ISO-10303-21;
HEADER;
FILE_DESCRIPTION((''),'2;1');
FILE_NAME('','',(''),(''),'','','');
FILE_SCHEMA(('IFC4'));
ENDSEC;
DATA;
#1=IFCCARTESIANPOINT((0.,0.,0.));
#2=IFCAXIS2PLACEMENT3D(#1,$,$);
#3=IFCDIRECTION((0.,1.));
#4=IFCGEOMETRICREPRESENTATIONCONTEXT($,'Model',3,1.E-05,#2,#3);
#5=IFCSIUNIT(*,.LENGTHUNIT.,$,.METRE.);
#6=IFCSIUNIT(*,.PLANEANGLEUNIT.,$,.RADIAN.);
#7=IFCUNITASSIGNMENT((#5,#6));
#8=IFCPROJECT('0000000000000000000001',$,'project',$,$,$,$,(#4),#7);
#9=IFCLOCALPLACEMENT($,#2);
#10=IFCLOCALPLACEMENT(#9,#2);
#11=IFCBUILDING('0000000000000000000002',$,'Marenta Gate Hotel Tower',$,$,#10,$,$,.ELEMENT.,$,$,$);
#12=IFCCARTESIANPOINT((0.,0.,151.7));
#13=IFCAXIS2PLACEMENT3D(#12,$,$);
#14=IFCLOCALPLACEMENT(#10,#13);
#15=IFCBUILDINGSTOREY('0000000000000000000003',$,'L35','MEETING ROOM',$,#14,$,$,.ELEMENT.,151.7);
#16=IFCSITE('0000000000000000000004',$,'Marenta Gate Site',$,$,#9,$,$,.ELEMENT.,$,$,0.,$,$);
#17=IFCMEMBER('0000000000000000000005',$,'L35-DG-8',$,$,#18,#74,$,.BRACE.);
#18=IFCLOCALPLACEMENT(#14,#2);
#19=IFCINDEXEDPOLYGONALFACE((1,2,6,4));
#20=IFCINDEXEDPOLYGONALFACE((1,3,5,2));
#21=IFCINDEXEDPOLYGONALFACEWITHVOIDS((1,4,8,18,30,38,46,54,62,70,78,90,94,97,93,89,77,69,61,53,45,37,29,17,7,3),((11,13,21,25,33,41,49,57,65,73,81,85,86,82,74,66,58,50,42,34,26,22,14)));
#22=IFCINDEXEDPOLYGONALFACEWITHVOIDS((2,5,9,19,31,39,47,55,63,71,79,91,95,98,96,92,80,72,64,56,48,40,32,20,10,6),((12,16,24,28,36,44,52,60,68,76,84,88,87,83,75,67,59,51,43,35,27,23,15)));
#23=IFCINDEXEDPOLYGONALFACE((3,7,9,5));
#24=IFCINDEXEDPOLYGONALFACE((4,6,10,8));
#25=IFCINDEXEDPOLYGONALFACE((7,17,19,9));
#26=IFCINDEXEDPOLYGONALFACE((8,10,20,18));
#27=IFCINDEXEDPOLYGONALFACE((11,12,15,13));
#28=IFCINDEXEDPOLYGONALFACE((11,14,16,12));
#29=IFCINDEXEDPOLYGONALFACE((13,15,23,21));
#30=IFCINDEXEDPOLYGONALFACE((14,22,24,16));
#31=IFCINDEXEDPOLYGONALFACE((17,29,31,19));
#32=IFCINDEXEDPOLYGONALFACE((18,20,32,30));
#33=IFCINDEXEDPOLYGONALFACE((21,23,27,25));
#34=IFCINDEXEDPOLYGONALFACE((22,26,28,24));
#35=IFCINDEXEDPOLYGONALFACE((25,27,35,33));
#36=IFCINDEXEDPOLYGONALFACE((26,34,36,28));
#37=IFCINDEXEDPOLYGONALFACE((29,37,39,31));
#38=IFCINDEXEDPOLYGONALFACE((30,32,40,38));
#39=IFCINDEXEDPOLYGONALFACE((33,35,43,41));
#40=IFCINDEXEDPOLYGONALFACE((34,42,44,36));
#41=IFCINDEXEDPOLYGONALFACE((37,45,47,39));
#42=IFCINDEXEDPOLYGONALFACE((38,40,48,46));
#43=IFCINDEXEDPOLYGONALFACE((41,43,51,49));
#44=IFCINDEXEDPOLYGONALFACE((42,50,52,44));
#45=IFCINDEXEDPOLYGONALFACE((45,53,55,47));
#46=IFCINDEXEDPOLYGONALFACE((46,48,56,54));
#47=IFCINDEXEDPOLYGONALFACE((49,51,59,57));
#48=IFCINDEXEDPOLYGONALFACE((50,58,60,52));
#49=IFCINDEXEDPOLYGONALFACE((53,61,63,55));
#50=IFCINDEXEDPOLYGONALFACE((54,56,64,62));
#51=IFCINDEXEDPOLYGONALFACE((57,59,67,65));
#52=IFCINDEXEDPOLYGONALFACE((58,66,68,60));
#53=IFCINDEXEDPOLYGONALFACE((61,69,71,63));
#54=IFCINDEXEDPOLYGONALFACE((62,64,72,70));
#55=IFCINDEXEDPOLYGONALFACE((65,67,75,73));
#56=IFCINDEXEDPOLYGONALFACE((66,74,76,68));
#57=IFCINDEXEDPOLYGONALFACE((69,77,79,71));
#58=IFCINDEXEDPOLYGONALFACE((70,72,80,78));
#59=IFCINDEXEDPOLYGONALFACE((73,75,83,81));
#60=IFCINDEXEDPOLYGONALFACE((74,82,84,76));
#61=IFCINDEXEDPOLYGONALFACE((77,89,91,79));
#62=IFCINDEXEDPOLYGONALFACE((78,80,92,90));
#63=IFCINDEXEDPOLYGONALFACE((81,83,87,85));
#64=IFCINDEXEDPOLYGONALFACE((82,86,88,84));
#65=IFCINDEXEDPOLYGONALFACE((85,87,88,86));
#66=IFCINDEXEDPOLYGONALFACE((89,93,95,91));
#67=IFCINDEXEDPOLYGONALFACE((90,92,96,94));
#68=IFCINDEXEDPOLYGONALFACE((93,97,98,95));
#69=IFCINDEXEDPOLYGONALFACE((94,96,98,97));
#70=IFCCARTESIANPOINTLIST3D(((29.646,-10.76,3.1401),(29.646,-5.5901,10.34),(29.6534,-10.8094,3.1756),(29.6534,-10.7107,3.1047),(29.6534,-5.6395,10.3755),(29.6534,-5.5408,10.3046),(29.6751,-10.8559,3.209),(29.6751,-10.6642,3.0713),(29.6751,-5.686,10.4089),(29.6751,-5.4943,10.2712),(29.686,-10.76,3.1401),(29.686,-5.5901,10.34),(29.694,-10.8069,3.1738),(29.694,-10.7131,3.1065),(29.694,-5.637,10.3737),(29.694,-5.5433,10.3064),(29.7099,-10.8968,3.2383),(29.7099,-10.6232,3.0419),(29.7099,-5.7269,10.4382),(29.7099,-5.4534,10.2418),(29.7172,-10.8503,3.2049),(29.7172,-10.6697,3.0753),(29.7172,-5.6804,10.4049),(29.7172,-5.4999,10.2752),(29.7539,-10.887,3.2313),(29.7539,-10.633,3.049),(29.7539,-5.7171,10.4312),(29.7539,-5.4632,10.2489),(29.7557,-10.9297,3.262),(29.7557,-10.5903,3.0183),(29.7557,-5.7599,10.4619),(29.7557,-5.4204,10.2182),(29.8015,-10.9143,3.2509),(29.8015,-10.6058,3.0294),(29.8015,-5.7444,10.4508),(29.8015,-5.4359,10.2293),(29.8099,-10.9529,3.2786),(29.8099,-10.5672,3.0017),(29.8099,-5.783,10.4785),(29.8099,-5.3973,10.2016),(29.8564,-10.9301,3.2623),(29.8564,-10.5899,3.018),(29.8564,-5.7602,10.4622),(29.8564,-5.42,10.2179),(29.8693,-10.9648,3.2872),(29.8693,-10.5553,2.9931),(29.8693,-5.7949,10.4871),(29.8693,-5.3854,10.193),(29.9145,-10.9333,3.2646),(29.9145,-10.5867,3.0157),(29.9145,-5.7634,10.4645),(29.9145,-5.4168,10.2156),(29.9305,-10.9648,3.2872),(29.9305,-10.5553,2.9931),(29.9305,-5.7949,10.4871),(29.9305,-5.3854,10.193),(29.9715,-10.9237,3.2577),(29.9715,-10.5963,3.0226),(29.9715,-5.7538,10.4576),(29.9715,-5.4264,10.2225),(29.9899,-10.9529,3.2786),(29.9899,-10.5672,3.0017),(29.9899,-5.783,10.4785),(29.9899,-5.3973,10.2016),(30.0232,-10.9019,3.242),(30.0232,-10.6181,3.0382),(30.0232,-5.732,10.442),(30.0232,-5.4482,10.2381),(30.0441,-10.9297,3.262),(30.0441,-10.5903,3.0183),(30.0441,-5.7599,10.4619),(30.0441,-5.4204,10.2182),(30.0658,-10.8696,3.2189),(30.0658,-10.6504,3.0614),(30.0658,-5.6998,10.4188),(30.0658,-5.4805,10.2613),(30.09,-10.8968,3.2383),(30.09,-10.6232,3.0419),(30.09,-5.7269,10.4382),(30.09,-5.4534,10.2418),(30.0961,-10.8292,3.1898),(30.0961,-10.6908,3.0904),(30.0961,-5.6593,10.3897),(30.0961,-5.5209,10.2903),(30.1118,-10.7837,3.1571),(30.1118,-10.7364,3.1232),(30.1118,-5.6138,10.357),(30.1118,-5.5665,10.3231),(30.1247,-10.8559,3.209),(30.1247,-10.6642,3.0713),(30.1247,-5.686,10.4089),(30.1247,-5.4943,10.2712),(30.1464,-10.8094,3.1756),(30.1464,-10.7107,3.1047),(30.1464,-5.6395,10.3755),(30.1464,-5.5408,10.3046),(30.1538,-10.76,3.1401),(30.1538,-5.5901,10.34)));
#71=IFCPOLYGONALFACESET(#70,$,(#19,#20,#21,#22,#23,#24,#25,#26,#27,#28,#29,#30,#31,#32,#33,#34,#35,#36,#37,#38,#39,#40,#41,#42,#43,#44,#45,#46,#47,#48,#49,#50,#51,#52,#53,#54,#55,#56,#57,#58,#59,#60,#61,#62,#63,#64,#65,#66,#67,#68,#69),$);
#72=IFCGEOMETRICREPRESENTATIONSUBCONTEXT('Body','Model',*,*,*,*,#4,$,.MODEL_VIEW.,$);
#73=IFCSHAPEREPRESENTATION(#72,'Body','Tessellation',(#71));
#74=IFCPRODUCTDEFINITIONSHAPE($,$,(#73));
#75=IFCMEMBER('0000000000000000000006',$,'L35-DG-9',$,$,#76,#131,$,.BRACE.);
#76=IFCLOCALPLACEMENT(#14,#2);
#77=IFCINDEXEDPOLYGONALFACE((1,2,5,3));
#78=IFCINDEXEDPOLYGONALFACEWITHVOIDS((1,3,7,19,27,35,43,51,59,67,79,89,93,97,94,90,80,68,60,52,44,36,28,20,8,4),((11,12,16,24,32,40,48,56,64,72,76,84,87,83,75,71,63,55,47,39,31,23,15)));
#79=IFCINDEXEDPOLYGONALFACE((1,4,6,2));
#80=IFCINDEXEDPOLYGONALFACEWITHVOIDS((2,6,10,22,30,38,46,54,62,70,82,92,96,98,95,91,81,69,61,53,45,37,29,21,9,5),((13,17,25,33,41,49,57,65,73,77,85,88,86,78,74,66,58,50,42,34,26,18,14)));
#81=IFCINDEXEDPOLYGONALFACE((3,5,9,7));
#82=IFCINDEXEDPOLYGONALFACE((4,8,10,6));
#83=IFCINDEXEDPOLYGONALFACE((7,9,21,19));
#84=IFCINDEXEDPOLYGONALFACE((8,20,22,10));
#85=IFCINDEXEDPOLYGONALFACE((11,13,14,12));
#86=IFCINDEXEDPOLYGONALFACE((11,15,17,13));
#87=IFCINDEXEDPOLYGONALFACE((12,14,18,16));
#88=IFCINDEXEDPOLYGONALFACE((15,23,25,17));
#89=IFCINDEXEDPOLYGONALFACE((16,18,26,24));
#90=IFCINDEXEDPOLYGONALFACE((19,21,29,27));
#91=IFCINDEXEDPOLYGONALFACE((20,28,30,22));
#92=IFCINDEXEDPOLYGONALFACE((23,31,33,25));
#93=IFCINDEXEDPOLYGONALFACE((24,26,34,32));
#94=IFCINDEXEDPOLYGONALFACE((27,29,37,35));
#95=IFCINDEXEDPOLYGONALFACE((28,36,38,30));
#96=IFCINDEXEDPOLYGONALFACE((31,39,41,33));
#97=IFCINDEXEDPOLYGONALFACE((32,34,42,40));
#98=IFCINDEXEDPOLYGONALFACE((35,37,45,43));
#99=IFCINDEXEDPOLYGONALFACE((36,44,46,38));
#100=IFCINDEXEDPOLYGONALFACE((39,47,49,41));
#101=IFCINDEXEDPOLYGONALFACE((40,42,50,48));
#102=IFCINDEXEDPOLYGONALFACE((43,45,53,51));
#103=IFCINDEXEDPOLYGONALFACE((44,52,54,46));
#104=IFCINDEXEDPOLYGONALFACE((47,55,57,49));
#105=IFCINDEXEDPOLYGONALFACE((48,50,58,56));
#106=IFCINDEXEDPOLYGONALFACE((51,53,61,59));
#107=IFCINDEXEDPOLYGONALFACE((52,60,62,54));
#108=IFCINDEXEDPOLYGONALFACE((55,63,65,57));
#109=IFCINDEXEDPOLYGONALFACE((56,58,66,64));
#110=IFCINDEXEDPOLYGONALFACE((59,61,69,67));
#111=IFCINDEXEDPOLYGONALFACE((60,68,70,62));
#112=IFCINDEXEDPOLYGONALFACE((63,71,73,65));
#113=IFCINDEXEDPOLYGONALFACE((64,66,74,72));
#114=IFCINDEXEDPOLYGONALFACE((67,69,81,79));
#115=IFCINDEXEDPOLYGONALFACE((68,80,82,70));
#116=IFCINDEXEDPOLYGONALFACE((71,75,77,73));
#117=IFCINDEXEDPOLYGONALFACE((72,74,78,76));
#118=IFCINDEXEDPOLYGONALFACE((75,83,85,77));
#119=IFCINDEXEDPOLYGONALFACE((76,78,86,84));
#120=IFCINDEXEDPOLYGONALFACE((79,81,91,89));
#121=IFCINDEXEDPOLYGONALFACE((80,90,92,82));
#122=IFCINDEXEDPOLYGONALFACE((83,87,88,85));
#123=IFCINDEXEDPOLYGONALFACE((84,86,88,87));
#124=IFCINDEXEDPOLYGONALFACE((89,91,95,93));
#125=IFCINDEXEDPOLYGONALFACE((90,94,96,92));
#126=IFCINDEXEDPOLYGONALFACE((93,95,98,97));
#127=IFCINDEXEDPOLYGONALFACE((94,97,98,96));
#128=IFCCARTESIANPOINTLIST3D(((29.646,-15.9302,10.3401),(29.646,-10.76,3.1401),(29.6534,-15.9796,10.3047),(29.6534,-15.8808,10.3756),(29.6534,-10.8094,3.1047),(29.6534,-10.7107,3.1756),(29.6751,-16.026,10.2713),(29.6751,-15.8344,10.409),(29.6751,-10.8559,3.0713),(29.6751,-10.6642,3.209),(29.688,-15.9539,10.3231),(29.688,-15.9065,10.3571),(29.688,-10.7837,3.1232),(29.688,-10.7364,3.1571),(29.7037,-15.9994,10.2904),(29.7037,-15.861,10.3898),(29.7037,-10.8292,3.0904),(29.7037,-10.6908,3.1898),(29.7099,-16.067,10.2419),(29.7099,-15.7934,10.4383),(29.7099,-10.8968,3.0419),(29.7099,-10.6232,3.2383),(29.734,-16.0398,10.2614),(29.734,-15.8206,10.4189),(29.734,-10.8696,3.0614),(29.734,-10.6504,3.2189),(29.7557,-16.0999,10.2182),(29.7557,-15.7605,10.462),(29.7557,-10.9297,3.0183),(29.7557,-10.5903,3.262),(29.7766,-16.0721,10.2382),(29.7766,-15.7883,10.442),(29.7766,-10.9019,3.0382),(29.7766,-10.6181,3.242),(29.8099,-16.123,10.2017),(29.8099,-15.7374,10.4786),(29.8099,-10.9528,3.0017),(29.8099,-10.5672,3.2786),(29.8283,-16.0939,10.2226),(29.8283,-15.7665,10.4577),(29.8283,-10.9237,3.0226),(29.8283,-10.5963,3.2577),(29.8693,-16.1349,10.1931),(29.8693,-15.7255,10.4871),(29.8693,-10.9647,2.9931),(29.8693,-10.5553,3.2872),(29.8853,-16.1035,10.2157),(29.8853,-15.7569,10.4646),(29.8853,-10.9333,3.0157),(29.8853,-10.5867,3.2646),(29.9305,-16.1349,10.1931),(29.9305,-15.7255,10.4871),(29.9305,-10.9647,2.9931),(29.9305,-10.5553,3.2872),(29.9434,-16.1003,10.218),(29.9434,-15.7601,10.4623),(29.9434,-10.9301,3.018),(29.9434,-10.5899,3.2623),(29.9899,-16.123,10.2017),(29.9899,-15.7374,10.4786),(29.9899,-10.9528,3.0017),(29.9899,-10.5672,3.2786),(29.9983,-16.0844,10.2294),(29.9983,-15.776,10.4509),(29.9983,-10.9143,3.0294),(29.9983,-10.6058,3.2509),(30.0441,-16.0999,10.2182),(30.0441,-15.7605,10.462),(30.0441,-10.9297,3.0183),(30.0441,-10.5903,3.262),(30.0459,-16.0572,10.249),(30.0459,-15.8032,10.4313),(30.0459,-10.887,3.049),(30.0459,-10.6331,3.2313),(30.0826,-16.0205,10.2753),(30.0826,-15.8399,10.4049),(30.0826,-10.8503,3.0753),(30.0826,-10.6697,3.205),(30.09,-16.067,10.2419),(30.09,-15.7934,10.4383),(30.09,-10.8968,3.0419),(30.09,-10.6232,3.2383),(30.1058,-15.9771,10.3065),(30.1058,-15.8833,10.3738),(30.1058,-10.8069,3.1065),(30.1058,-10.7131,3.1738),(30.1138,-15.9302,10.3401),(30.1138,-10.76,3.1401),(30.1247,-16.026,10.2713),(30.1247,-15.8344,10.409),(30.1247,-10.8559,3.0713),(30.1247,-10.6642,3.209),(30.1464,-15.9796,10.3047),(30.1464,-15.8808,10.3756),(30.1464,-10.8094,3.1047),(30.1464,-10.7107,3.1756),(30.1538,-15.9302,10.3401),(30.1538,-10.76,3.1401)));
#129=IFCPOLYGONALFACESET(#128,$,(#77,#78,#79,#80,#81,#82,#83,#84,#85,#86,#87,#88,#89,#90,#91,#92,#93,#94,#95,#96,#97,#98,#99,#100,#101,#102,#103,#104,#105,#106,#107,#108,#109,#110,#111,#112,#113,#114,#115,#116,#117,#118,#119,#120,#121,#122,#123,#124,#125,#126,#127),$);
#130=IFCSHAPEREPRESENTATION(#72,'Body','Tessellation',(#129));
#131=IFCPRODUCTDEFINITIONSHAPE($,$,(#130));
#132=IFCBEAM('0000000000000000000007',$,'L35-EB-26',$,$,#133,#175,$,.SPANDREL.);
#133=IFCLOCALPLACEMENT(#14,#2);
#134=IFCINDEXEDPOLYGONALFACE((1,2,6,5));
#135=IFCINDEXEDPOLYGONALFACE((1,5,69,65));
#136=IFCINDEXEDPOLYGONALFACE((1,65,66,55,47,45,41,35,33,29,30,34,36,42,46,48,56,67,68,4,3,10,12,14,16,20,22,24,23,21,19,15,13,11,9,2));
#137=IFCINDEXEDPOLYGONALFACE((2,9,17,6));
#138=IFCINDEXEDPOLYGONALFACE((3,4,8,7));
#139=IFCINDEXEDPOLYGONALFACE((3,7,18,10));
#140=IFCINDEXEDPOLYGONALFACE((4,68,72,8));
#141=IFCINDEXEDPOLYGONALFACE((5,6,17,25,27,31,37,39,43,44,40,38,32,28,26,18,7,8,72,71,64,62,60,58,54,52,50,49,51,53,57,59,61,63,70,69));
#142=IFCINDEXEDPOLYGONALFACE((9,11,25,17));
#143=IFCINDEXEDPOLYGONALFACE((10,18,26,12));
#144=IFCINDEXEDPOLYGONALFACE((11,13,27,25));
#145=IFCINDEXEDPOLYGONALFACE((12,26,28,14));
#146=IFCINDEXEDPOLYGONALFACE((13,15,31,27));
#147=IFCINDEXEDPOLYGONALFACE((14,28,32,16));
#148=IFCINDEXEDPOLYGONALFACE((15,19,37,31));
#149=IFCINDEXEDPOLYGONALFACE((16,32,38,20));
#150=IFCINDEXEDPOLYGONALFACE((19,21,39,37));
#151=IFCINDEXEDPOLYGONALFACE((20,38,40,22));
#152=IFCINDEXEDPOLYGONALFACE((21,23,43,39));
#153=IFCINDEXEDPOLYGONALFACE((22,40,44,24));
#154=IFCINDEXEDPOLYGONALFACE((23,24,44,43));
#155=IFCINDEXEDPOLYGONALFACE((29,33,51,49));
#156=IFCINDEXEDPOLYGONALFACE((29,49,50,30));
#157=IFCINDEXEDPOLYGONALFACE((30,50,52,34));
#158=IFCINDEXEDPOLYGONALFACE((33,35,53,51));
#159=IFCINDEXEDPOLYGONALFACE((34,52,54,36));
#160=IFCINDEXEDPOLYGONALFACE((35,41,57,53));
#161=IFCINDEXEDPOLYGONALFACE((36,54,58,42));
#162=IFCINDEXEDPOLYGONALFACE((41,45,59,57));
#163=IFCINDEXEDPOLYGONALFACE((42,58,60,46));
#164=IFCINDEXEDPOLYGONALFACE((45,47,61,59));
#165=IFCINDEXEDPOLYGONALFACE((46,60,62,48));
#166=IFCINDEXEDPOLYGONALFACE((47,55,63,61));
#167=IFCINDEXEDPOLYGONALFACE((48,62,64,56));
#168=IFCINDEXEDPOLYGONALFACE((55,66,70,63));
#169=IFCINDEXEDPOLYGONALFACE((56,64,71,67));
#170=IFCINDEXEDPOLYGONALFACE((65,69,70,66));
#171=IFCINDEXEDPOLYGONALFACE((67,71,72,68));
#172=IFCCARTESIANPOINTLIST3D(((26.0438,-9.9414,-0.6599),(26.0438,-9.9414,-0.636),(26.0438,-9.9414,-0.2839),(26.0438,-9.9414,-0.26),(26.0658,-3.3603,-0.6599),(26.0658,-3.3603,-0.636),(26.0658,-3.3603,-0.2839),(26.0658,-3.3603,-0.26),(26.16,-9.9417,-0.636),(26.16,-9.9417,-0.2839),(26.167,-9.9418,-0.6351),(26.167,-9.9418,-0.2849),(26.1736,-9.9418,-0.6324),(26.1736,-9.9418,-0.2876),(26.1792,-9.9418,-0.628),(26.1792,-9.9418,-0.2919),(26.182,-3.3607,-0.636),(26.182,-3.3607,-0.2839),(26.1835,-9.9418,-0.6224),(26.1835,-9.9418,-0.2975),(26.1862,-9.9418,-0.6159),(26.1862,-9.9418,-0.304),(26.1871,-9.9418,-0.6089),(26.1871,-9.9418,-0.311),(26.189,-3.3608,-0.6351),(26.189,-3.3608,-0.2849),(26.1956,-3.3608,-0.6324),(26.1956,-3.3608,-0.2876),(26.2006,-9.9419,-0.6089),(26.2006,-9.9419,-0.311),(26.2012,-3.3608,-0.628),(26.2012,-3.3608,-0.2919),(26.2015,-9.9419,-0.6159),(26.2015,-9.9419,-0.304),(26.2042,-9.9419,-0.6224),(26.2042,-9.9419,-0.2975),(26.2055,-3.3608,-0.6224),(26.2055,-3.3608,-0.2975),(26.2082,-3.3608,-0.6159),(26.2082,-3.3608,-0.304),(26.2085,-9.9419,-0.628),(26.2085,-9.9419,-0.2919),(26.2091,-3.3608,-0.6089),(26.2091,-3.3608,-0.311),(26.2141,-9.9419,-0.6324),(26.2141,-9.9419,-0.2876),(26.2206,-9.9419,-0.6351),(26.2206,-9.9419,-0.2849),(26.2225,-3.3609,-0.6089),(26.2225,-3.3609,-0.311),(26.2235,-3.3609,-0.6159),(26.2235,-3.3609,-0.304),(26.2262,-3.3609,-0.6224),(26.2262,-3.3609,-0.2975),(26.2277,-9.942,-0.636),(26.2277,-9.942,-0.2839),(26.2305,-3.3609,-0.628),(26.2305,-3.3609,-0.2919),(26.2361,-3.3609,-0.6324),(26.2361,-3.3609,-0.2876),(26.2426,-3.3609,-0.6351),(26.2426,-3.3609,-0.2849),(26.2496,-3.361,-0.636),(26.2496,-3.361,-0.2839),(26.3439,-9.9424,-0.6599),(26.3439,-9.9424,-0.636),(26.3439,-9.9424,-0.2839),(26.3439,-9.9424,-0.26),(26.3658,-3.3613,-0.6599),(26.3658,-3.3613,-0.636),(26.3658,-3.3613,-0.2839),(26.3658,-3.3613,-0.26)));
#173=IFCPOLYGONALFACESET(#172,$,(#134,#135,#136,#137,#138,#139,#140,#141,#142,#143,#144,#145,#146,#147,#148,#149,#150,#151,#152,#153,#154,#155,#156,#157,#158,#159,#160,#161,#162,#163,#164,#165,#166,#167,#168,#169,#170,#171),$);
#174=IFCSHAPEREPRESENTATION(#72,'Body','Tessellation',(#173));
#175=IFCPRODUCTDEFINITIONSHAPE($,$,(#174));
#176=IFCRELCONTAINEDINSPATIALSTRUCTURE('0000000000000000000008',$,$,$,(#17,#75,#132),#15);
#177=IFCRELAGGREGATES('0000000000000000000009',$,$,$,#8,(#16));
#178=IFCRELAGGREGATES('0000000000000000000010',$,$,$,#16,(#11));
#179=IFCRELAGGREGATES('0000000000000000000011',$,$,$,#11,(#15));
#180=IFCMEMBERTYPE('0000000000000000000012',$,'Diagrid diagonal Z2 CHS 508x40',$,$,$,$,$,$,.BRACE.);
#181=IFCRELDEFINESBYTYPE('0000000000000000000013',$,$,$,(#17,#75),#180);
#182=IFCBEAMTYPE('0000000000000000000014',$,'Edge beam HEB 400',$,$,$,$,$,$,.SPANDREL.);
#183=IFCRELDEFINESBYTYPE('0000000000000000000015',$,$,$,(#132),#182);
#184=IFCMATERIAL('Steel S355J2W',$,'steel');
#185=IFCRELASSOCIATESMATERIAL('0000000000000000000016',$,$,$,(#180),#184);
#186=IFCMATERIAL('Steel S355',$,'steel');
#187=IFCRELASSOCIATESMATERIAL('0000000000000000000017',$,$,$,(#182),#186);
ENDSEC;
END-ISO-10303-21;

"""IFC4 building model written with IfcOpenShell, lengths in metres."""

from ifc_helpers import new_model, si_unit, direction, frame, origin, origin_2d, place, context, subcontext, project, spatial, hollow_circle, i_section, extrude, material, material_profile, profile_set, type_object, element, save


model = new_model("IFC4")

# Units and contexts
model_context = context("Model", 3, precision=1e-05, world=origin(), true_north=direction((0.0, 1.0)))
body_context = subcontext(model_context, "Body", "Model", "MODEL_VIEW")
ifc_project = project(units=[si_unit("LENGTHUNIT", "METRE"), si_unit("PLANEANGLEUNIT", "RADIAN")], contexts=[model_context])

# Site, building, storey
site_placement = place(None, origin())
site = spatial("IfcSite", under=ifc_project, at=site_placement, Name="Marenta Gate Site", CompositionType="ELEMENT", RefElevation=0.0)
building_placement = place(site_placement, origin())
building = spatial("IfcBuilding", under=site, at=building_placement, Name="Marenta Gate Hotel Tower", CompositionType="ELEMENT")
storey_placement = place(building_placement, frame((0.0, 0.0, 151.7)))
storey = spatial("IfcBuildingStorey", under=building, at=storey_placement, Name="L35", Description="MEETING ROOM", CompositionType="ELEMENT", Elevation=151.7)

# Members
ifc_material_1 = material(Name="Steel S355J2W", Category="steel")
ifc_material_profile_1 = material_profile(ifc_material_1, hollow_circle(Radius=0.2539, WallThickness=0.04, at=origin_2d()), Name="CHS 508x40")
ifc_profile_set_1 = profile_set([ifc_material_profile_1], Name="Steel S355J2W")
member_type_1 = type_object("IfcMemberType", Name="Diagrid diagonal Z2 CHS 508x40", PredefinedType="BRACE", material=ifc_profile_set_1)
for number, where, z_axis, x_axis, name in (
    (1, (29.8999, -10.76, 3.1401), (0.0, 0.583261, 0.812285), (-1.0, 0.0, 0.0), "L35-DG-8"),
):
    element("IfcMember", number, at=place(storey_placement, frame(where, z_axis=z_axis, x_axis=x_axis)), inside=storey, type_object=member_type_1, Name=name, PredefinedType="BRACE", context=body_context, shape_type="SweptSolid", body=[
        extrude(hollow_circle(Radius=0.2539, WallThickness=0.04, at=origin_2d()), origin(), (0.0, 0.0, 1.0), 8.8638),
    ])
member_1_placement = place(storey_placement, frame((29.8999, -10.76, 3.1401), z_axis=(0.0, -0.583279, 0.812272), x_axis=(1.0, 0.0, 0.0)))
element("IfcMember", 2, at=member_1_placement, inside=storey, type_object=member_type_1, Name="L35-DG-9", PredefinedType="BRACE", context=body_context, shape_type="SweptSolid", body=[
    extrude(hollow_circle(Radius=0.2539, WallThickness=0.04, at=origin_2d()), origin(), (0.0, 0.0, 1.0), 8.864),
])

# Beam
ifc_material_2 = material(Name="Steel S355", Category="steel")
ifc_material_profile_2 = material_profile(ifc_material_2, i_section(OverallWidth=0.3, OverallDepth=0.3999, WebThickness=0.0134, FlangeThickness=0.0239, FilletRadius=0.0271, at=origin_2d()), Name="HEB 400")
ifc_profile_set_2 = profile_set([ifc_material_profile_2], Name="Steel S355")
beam_type = type_object("IfcBeamType", Name="Edge beam HEB 400", PredefinedType="SPANDREL", material=ifc_profile_set_2)
beam_1_placement = place(storey_placement, frame((26.2158, -3.3608, -0.46), z_axis=(-0.003339, -0.999994, 0.0), x_axis=(0.999994, -0.003339, 0.0)))
element("IfcBeam", 3, at=beam_1_placement, inside=storey, type_object=beam_type, Name="L35-EB-26", PredefinedType="SPANDREL", context=body_context, shape_type="SweptSolid", body=[
    extrude(i_section(OverallWidth=0.3, OverallDepth=0.3999, WebThickness=0.0134, FlangeThickness=0.0239, FilletRadius=0.0271, at=origin_2d()), origin(), (0.0, 0.0, 1.0), 6.5811),
])

save(model, "model.ifc")
